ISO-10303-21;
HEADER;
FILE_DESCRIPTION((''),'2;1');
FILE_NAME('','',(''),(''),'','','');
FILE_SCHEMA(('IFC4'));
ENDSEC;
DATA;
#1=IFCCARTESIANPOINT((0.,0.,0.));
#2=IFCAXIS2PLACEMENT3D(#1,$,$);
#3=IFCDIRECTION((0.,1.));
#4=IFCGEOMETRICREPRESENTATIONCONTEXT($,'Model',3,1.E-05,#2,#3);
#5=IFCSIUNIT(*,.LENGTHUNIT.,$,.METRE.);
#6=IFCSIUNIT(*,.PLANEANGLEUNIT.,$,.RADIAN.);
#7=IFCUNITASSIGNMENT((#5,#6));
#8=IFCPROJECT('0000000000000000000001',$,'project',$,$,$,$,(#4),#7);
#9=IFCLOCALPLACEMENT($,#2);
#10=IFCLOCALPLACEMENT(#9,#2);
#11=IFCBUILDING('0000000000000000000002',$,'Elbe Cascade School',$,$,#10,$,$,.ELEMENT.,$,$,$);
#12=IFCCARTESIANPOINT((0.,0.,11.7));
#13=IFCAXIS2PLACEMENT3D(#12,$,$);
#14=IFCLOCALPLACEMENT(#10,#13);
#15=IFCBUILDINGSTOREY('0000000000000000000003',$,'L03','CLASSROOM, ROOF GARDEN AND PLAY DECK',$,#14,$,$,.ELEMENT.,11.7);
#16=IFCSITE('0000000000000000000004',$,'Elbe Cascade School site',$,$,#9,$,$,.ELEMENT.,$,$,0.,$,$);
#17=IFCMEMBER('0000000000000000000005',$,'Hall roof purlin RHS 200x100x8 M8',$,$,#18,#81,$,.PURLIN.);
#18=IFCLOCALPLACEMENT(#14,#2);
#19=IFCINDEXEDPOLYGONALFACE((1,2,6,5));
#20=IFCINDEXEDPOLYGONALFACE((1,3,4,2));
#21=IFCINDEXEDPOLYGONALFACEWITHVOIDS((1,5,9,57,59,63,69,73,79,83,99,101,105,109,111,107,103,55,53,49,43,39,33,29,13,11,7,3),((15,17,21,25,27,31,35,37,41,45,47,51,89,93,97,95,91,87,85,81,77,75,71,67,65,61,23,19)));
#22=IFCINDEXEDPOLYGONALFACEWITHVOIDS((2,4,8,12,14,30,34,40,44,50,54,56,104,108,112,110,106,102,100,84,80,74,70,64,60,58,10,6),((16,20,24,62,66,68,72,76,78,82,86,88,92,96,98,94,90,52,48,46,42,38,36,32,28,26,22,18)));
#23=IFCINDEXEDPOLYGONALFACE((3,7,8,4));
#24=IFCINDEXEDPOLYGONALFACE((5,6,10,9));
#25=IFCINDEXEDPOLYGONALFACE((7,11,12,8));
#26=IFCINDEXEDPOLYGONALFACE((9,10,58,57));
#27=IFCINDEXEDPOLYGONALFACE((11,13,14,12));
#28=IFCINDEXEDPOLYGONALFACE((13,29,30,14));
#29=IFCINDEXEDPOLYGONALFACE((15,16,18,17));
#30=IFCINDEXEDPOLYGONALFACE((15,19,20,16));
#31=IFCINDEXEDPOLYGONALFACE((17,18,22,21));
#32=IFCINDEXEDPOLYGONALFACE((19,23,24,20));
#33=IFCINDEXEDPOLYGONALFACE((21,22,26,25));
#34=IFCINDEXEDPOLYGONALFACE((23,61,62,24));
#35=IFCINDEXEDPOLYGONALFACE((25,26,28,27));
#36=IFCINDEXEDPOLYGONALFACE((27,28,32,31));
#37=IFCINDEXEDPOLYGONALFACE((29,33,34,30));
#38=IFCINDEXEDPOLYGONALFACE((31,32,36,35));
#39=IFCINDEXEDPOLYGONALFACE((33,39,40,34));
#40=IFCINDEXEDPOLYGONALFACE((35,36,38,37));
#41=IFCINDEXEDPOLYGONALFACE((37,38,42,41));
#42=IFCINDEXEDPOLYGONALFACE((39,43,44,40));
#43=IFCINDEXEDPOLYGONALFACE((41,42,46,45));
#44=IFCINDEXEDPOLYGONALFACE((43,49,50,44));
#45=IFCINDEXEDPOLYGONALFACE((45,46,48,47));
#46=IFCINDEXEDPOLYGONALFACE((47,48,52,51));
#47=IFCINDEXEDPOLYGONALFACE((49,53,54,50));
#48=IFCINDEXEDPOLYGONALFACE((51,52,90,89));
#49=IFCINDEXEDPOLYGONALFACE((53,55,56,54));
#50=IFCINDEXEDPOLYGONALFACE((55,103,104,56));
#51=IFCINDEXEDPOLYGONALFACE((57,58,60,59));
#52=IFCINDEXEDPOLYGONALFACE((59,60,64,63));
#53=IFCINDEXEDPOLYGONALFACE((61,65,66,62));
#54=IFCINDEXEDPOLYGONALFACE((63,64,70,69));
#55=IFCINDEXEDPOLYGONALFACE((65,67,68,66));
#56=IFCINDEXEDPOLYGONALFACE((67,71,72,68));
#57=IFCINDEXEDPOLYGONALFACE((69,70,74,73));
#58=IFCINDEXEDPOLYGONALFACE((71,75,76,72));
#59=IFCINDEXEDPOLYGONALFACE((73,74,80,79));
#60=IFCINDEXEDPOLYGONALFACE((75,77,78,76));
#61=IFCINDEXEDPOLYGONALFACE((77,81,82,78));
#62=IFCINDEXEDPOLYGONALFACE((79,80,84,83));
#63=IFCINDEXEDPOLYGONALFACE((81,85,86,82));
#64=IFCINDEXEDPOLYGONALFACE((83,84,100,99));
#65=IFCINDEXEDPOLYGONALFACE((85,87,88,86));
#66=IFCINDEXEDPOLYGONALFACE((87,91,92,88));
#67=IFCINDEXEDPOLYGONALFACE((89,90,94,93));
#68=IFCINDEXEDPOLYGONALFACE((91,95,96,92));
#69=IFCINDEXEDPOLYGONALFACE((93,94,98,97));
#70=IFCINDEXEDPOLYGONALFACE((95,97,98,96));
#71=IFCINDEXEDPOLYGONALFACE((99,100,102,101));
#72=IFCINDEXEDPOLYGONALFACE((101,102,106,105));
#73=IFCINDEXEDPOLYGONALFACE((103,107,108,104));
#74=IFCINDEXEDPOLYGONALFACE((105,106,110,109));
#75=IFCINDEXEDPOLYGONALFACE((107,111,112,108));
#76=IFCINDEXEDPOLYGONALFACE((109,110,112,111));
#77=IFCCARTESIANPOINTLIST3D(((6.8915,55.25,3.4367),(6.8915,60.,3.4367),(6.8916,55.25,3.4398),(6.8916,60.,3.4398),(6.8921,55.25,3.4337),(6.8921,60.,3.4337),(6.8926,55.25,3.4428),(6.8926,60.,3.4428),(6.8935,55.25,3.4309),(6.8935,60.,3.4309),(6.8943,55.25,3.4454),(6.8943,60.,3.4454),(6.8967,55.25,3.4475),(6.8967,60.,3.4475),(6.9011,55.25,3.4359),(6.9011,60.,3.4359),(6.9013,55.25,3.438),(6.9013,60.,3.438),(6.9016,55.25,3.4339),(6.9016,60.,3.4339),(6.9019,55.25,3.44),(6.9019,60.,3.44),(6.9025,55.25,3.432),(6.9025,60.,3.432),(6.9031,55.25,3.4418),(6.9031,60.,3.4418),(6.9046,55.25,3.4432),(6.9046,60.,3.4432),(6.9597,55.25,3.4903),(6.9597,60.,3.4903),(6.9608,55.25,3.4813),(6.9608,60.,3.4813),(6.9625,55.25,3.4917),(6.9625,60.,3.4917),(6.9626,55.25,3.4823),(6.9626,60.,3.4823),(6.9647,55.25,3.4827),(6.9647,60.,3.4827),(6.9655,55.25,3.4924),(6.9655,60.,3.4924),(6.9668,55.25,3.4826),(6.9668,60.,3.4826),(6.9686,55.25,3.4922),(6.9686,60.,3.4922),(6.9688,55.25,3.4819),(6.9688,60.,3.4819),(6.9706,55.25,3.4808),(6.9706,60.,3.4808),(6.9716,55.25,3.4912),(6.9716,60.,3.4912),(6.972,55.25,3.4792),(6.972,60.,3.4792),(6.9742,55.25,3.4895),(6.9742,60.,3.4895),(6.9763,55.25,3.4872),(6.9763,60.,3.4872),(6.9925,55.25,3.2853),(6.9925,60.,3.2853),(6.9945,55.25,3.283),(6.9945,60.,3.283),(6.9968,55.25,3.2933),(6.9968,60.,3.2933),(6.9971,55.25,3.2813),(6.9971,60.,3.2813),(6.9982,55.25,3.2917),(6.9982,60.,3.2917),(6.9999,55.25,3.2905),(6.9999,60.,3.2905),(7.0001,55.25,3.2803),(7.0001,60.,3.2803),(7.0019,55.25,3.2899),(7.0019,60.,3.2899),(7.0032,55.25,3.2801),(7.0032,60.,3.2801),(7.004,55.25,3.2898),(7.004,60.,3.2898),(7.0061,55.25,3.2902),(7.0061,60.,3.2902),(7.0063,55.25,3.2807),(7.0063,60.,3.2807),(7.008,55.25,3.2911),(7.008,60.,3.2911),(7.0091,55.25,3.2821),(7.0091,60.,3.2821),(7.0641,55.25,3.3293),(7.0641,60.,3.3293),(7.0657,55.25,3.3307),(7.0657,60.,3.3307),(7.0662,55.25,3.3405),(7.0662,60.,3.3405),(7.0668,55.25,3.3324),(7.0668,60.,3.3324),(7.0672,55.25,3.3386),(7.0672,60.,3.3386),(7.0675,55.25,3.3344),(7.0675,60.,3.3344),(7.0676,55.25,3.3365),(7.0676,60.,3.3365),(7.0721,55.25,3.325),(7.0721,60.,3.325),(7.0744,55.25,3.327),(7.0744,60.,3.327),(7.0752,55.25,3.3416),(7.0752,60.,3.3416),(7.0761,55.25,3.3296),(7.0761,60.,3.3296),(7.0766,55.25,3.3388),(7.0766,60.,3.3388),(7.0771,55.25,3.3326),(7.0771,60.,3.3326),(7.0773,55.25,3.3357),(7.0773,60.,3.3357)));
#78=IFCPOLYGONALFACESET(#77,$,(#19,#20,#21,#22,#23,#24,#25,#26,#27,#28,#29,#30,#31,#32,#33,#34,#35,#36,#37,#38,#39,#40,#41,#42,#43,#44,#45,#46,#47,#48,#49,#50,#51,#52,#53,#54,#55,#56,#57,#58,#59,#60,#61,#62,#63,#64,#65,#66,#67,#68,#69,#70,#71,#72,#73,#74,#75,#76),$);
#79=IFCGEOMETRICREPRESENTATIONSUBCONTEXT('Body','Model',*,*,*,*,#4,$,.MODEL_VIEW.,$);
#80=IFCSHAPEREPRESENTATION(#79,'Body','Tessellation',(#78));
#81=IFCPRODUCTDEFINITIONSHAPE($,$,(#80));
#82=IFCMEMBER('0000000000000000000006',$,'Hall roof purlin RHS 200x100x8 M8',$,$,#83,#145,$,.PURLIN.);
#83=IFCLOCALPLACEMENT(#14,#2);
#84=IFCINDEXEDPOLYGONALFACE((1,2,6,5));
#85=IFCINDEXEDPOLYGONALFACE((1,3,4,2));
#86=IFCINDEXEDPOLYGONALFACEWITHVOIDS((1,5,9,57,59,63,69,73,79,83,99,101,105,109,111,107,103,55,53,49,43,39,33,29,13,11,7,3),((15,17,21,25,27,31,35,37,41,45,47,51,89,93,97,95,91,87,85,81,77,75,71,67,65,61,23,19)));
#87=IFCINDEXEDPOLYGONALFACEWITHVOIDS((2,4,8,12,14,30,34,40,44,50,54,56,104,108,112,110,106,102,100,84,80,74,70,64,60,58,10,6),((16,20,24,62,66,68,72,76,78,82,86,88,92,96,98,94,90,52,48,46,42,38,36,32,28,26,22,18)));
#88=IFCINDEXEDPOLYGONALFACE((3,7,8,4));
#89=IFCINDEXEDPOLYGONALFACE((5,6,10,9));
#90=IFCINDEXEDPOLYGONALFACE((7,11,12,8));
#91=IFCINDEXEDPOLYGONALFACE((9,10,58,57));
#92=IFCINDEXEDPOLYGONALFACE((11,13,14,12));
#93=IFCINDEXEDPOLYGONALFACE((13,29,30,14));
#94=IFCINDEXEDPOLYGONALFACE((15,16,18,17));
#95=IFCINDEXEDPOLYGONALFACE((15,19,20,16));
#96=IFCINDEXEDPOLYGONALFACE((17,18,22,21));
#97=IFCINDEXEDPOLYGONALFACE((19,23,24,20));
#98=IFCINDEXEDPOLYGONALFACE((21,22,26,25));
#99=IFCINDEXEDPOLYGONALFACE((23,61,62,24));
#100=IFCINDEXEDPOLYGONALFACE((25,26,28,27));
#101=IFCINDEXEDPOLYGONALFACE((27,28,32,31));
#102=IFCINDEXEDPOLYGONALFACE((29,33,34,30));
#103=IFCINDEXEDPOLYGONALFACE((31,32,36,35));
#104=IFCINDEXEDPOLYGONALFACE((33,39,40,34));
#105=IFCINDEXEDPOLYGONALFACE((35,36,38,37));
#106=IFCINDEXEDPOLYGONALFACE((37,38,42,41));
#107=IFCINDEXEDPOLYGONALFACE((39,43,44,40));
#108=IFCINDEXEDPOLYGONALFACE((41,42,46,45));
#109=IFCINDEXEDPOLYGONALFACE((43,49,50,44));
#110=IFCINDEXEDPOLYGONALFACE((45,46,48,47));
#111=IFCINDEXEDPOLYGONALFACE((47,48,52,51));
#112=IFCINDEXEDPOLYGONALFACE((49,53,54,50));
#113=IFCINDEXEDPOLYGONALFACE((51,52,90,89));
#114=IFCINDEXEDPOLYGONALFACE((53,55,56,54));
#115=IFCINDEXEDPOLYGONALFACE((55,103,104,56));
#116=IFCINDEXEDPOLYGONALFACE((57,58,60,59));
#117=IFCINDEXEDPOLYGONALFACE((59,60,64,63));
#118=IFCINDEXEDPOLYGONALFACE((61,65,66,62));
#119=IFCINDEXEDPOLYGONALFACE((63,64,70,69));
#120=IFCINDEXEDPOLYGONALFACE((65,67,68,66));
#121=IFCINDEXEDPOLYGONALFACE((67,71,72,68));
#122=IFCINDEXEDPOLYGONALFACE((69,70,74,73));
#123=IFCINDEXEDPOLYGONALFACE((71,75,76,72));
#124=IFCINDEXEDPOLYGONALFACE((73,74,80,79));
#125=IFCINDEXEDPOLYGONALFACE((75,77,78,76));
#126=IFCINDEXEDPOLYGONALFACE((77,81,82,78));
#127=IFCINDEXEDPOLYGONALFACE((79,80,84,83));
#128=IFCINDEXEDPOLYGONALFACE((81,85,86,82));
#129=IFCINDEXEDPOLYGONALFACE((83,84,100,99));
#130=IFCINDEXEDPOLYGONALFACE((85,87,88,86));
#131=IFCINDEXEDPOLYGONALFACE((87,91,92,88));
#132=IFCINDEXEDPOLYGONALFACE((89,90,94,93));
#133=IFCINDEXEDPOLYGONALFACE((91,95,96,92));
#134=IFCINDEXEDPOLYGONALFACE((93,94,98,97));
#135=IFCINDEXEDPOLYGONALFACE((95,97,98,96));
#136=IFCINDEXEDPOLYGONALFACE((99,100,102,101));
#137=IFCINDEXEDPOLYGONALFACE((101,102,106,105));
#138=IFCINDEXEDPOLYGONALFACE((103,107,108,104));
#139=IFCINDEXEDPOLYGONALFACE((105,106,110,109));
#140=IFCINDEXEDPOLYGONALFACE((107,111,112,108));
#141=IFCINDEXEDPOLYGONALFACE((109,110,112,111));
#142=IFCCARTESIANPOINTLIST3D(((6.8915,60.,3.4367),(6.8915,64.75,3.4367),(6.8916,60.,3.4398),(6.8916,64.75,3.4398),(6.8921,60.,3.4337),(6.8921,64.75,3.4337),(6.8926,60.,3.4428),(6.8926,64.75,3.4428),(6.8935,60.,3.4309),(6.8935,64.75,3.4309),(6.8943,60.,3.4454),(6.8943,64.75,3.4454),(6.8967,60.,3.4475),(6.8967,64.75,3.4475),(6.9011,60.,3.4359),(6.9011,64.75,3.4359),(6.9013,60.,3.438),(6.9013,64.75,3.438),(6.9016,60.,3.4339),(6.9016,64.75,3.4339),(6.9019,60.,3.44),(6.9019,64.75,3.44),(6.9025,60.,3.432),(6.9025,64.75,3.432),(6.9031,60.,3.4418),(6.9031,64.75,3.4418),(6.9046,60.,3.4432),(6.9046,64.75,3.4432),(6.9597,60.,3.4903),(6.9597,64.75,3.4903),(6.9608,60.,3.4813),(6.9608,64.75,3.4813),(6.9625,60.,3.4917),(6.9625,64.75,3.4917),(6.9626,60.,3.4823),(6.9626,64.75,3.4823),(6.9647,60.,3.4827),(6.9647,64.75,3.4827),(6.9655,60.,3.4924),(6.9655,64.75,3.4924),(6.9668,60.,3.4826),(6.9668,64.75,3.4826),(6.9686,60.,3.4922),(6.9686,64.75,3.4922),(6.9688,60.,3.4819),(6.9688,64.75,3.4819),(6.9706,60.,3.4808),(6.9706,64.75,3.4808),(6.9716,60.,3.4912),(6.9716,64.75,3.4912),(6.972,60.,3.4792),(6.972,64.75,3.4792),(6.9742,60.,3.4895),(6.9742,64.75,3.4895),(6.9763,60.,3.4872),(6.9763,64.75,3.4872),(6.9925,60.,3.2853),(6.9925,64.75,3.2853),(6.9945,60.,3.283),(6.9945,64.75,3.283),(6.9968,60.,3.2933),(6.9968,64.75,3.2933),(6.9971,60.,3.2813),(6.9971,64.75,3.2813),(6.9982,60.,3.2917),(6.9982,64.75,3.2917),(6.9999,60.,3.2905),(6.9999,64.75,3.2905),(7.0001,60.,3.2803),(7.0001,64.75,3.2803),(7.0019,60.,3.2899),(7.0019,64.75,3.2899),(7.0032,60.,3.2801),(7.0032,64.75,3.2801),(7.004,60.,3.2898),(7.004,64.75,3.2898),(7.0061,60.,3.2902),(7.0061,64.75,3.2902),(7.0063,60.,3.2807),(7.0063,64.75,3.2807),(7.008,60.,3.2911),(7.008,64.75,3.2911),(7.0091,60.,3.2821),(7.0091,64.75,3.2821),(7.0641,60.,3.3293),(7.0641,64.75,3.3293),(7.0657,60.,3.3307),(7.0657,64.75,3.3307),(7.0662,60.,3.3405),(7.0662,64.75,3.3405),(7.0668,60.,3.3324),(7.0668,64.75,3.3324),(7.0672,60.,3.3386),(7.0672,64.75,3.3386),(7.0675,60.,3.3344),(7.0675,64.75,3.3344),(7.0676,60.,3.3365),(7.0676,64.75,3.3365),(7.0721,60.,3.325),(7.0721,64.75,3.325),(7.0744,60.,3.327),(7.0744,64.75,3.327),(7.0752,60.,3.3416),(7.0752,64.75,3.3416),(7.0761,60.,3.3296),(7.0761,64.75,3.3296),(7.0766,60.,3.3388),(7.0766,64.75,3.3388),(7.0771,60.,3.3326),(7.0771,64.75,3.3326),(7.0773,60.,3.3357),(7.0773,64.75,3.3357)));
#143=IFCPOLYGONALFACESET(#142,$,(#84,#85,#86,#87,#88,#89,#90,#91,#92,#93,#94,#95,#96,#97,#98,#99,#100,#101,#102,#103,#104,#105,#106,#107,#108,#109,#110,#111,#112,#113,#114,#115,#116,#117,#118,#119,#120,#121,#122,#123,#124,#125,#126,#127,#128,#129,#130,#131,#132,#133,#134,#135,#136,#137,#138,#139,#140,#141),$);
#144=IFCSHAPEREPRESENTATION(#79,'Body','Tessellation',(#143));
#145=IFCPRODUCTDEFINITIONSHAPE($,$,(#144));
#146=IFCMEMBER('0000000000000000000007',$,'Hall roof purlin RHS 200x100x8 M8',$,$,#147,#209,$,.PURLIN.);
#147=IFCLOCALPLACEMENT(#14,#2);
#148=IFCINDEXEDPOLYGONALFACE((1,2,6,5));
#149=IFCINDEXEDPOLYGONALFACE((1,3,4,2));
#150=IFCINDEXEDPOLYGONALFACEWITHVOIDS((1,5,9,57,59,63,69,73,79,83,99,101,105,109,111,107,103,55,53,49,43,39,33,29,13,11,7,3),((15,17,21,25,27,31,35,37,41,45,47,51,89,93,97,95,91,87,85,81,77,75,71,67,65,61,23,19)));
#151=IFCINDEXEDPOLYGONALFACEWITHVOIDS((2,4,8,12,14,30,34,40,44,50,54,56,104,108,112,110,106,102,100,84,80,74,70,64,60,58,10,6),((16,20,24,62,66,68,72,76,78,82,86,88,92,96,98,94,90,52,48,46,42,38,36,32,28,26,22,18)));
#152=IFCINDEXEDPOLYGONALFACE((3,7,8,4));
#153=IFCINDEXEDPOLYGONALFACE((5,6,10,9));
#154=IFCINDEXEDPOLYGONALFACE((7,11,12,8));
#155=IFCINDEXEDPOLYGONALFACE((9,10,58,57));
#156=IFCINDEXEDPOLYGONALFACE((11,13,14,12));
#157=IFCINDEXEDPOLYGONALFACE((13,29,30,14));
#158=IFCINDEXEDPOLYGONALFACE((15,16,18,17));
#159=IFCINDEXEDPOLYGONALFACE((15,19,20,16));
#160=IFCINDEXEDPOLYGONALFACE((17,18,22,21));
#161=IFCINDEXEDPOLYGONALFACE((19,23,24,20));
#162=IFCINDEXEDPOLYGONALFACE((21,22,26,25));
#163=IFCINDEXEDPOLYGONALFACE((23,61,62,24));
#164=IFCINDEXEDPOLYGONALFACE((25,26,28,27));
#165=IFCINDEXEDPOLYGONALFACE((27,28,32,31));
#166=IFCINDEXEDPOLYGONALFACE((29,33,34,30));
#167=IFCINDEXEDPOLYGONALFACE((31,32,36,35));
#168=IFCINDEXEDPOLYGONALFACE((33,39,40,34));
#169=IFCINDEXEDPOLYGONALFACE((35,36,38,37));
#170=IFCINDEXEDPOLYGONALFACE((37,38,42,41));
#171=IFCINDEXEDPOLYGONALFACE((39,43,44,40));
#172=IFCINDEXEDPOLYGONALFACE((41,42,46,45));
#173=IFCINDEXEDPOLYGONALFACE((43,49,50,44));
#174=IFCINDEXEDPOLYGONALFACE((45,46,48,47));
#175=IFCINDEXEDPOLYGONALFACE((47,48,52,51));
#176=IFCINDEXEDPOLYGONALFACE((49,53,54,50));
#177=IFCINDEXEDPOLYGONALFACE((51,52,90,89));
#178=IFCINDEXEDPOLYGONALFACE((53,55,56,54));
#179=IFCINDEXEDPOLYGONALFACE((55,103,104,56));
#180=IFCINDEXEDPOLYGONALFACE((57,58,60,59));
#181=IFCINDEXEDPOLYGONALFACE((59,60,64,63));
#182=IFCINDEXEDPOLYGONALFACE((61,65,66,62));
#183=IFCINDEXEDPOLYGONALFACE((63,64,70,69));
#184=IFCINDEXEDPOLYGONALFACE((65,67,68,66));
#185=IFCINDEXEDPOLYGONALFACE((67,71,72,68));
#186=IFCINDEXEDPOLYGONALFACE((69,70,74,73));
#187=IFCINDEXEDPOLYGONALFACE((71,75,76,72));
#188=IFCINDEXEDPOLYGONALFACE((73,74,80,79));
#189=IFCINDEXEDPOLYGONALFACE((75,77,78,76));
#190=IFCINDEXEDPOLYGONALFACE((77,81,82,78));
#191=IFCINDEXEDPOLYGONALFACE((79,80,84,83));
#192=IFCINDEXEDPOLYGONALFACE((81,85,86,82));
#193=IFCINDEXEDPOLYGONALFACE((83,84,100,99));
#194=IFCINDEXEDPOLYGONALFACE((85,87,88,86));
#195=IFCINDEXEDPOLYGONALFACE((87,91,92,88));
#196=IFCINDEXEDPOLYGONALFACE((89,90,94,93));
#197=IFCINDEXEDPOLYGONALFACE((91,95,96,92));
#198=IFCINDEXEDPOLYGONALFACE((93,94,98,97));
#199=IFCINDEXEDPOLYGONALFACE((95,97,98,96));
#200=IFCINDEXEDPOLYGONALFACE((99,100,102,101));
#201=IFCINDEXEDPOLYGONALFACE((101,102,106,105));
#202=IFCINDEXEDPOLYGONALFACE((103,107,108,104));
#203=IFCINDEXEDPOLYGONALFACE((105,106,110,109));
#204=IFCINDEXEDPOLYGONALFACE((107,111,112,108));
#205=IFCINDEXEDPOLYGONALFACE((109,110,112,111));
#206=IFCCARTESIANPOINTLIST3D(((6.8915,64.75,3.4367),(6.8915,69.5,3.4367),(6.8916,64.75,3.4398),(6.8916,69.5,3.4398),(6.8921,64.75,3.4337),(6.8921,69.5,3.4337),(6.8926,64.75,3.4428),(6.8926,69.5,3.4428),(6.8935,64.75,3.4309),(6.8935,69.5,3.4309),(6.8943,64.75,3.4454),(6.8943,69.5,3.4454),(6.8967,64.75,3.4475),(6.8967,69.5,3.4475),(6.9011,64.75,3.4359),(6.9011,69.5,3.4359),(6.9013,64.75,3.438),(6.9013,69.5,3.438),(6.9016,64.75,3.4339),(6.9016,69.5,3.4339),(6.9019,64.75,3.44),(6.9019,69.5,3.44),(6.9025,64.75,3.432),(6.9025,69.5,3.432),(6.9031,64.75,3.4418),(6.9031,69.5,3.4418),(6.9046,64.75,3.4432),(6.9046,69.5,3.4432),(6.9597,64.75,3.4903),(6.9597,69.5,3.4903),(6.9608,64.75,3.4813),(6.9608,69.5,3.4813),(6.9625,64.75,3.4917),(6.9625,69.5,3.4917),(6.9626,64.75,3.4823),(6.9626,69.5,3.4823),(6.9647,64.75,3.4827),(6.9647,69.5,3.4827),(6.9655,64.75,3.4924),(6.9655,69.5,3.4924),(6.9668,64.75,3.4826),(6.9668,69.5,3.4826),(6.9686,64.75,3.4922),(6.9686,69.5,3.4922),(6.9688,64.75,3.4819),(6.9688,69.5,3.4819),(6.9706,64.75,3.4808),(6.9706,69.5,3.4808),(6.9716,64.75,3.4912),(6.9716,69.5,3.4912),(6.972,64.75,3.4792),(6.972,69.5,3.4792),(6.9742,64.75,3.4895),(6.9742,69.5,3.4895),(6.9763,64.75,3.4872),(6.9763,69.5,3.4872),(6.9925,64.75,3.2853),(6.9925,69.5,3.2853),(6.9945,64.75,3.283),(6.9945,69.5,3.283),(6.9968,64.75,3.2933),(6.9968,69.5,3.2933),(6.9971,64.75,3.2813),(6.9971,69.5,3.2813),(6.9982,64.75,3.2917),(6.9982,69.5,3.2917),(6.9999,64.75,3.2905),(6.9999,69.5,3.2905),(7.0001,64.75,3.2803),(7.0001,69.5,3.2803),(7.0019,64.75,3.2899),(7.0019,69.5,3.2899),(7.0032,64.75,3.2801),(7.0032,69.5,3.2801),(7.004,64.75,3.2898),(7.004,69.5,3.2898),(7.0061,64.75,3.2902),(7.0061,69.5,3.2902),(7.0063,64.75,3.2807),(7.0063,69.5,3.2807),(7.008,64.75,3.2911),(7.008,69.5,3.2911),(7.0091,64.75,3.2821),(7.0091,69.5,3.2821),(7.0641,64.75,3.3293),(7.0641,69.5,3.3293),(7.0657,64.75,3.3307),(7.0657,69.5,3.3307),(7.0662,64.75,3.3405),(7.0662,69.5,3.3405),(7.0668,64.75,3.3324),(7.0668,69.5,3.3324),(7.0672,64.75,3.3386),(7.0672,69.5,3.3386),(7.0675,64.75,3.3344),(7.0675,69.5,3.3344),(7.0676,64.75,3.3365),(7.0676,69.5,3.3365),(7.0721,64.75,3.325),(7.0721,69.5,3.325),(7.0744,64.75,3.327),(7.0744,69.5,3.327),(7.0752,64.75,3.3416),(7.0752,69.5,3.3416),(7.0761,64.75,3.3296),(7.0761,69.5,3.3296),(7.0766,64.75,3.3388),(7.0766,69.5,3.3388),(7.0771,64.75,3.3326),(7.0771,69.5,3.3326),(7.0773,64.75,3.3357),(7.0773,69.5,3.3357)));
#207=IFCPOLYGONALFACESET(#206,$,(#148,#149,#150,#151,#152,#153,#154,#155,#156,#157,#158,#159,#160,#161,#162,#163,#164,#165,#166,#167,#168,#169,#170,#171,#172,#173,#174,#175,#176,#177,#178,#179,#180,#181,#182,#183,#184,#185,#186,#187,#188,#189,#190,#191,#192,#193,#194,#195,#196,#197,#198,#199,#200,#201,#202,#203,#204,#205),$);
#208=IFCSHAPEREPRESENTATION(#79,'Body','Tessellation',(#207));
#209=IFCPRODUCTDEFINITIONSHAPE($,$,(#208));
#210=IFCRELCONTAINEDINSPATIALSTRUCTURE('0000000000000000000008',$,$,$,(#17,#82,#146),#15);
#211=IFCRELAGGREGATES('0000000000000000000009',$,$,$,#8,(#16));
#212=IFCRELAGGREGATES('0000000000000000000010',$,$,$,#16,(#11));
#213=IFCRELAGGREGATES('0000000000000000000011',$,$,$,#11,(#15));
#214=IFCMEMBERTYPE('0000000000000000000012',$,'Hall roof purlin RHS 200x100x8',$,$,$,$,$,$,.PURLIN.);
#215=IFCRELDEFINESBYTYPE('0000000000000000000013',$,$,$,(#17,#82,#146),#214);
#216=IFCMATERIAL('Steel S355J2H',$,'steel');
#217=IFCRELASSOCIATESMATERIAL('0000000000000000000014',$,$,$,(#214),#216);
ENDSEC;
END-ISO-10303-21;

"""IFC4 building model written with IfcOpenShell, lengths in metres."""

from ifc_helpers import new_model, si_unit, direction, frame, origin, origin_2d, place, context, subcontext, project, spatial, hollow_rectangle, extrude, material, material_profile, profile_set, type_object, element, save


model = new_model("IFC4")

# Units and contexts
model_context = context("Model", 3, precision=1e-05, world=origin(), true_north=direction((0.0, 1.0)))
body_context = subcontext(model_context, "Body", "Model", "MODEL_VIEW")
ifc_project = project(units=[si_unit("LENGTHUNIT", "METRE"), si_unit("PLANEANGLEUNIT", "RADIAN")], contexts=[model_context])

# Site, building, storey
site_placement = place(None, origin())
site = spatial("IfcSite", under=ifc_project, at=site_placement, Name="Elbe Cascade School site", CompositionType="ELEMENT", RefElevation=0.0)
building_placement = place(site_placement, origin())
building = spatial("IfcBuilding", under=site, at=building_placement, Name="Elbe Cascade School", CompositionType="ELEMENT")
storey_placement = place(building_placement, frame((0.0, 0.0, 11.7)))
storey = spatial("IfcBuildingStorey", under=building, at=storey_placement, Name="L03", Description="CLASSROOM, ROOF GARDEN AND PLAY DECK", CompositionType="ELEMENT", Elevation=11.7)

# Members
ifc_material_1 = material(Name="Steel S355J2H", Category="steel")
ifc_material_profile_1 = material_profile(ifc_material_1, hollow_rectangle(XDim=0.1001, YDim=0.2, WallThickness=0.0081, InnerFilletRadius=0.0081, OuterFilletRadius=0.012, at=origin_2d()), Name="RHS 200x100x8")
ifc_profile_set_1 = profile_set([ifc_material_profile_1], Name="Steel S355J2H")
member_type_1 = type_object("IfcMemberType", Name="Hall roof purlin RHS 200x100x8", PredefinedType="PURLIN", material=ifc_profile_set_1)
for number, where, z_axis, x_axis, name in (
    (1, (6.9844, 55.25, 3.3862), (0.0, 1.0, 0.0), (-0.827027, 0.0, -0.562162), "Hall roof purlin RHS 200x100x8 M8"),
    (2, (6.9844, 60.0, 3.3862), (0.0, 1.0, 0.0), (-0.827027, 0.0, -0.562162), "Hall roof purlin RHS 200x100x8 M8"),
    (3, (6.9844, 64.75, 3.3862), (0.0, 1.0, 0.0), (-0.827027, 0.0, -0.562162), "Hall roof purlin RHS 200x100x8 M8"),
):
    element("IfcMember", number, at=place(storey_placement, frame(where, z_axis=z_axis, x_axis=x_axis)), inside=storey, type_object=member_type_1, Name=name, PredefinedType="PURLIN", context=body_context, shape_type="SweptSolid", body=[
        extrude(hollow_rectangle(XDim=0.1001, YDim=0.2, WallThickness=0.0081, InnerFilletRadius=0.0081, OuterFilletRadius=0.012, at=origin_2d()), origin(), (0.0, 0.0, 1.0), 4.75),
    ])

save(model, "model.ifc")
